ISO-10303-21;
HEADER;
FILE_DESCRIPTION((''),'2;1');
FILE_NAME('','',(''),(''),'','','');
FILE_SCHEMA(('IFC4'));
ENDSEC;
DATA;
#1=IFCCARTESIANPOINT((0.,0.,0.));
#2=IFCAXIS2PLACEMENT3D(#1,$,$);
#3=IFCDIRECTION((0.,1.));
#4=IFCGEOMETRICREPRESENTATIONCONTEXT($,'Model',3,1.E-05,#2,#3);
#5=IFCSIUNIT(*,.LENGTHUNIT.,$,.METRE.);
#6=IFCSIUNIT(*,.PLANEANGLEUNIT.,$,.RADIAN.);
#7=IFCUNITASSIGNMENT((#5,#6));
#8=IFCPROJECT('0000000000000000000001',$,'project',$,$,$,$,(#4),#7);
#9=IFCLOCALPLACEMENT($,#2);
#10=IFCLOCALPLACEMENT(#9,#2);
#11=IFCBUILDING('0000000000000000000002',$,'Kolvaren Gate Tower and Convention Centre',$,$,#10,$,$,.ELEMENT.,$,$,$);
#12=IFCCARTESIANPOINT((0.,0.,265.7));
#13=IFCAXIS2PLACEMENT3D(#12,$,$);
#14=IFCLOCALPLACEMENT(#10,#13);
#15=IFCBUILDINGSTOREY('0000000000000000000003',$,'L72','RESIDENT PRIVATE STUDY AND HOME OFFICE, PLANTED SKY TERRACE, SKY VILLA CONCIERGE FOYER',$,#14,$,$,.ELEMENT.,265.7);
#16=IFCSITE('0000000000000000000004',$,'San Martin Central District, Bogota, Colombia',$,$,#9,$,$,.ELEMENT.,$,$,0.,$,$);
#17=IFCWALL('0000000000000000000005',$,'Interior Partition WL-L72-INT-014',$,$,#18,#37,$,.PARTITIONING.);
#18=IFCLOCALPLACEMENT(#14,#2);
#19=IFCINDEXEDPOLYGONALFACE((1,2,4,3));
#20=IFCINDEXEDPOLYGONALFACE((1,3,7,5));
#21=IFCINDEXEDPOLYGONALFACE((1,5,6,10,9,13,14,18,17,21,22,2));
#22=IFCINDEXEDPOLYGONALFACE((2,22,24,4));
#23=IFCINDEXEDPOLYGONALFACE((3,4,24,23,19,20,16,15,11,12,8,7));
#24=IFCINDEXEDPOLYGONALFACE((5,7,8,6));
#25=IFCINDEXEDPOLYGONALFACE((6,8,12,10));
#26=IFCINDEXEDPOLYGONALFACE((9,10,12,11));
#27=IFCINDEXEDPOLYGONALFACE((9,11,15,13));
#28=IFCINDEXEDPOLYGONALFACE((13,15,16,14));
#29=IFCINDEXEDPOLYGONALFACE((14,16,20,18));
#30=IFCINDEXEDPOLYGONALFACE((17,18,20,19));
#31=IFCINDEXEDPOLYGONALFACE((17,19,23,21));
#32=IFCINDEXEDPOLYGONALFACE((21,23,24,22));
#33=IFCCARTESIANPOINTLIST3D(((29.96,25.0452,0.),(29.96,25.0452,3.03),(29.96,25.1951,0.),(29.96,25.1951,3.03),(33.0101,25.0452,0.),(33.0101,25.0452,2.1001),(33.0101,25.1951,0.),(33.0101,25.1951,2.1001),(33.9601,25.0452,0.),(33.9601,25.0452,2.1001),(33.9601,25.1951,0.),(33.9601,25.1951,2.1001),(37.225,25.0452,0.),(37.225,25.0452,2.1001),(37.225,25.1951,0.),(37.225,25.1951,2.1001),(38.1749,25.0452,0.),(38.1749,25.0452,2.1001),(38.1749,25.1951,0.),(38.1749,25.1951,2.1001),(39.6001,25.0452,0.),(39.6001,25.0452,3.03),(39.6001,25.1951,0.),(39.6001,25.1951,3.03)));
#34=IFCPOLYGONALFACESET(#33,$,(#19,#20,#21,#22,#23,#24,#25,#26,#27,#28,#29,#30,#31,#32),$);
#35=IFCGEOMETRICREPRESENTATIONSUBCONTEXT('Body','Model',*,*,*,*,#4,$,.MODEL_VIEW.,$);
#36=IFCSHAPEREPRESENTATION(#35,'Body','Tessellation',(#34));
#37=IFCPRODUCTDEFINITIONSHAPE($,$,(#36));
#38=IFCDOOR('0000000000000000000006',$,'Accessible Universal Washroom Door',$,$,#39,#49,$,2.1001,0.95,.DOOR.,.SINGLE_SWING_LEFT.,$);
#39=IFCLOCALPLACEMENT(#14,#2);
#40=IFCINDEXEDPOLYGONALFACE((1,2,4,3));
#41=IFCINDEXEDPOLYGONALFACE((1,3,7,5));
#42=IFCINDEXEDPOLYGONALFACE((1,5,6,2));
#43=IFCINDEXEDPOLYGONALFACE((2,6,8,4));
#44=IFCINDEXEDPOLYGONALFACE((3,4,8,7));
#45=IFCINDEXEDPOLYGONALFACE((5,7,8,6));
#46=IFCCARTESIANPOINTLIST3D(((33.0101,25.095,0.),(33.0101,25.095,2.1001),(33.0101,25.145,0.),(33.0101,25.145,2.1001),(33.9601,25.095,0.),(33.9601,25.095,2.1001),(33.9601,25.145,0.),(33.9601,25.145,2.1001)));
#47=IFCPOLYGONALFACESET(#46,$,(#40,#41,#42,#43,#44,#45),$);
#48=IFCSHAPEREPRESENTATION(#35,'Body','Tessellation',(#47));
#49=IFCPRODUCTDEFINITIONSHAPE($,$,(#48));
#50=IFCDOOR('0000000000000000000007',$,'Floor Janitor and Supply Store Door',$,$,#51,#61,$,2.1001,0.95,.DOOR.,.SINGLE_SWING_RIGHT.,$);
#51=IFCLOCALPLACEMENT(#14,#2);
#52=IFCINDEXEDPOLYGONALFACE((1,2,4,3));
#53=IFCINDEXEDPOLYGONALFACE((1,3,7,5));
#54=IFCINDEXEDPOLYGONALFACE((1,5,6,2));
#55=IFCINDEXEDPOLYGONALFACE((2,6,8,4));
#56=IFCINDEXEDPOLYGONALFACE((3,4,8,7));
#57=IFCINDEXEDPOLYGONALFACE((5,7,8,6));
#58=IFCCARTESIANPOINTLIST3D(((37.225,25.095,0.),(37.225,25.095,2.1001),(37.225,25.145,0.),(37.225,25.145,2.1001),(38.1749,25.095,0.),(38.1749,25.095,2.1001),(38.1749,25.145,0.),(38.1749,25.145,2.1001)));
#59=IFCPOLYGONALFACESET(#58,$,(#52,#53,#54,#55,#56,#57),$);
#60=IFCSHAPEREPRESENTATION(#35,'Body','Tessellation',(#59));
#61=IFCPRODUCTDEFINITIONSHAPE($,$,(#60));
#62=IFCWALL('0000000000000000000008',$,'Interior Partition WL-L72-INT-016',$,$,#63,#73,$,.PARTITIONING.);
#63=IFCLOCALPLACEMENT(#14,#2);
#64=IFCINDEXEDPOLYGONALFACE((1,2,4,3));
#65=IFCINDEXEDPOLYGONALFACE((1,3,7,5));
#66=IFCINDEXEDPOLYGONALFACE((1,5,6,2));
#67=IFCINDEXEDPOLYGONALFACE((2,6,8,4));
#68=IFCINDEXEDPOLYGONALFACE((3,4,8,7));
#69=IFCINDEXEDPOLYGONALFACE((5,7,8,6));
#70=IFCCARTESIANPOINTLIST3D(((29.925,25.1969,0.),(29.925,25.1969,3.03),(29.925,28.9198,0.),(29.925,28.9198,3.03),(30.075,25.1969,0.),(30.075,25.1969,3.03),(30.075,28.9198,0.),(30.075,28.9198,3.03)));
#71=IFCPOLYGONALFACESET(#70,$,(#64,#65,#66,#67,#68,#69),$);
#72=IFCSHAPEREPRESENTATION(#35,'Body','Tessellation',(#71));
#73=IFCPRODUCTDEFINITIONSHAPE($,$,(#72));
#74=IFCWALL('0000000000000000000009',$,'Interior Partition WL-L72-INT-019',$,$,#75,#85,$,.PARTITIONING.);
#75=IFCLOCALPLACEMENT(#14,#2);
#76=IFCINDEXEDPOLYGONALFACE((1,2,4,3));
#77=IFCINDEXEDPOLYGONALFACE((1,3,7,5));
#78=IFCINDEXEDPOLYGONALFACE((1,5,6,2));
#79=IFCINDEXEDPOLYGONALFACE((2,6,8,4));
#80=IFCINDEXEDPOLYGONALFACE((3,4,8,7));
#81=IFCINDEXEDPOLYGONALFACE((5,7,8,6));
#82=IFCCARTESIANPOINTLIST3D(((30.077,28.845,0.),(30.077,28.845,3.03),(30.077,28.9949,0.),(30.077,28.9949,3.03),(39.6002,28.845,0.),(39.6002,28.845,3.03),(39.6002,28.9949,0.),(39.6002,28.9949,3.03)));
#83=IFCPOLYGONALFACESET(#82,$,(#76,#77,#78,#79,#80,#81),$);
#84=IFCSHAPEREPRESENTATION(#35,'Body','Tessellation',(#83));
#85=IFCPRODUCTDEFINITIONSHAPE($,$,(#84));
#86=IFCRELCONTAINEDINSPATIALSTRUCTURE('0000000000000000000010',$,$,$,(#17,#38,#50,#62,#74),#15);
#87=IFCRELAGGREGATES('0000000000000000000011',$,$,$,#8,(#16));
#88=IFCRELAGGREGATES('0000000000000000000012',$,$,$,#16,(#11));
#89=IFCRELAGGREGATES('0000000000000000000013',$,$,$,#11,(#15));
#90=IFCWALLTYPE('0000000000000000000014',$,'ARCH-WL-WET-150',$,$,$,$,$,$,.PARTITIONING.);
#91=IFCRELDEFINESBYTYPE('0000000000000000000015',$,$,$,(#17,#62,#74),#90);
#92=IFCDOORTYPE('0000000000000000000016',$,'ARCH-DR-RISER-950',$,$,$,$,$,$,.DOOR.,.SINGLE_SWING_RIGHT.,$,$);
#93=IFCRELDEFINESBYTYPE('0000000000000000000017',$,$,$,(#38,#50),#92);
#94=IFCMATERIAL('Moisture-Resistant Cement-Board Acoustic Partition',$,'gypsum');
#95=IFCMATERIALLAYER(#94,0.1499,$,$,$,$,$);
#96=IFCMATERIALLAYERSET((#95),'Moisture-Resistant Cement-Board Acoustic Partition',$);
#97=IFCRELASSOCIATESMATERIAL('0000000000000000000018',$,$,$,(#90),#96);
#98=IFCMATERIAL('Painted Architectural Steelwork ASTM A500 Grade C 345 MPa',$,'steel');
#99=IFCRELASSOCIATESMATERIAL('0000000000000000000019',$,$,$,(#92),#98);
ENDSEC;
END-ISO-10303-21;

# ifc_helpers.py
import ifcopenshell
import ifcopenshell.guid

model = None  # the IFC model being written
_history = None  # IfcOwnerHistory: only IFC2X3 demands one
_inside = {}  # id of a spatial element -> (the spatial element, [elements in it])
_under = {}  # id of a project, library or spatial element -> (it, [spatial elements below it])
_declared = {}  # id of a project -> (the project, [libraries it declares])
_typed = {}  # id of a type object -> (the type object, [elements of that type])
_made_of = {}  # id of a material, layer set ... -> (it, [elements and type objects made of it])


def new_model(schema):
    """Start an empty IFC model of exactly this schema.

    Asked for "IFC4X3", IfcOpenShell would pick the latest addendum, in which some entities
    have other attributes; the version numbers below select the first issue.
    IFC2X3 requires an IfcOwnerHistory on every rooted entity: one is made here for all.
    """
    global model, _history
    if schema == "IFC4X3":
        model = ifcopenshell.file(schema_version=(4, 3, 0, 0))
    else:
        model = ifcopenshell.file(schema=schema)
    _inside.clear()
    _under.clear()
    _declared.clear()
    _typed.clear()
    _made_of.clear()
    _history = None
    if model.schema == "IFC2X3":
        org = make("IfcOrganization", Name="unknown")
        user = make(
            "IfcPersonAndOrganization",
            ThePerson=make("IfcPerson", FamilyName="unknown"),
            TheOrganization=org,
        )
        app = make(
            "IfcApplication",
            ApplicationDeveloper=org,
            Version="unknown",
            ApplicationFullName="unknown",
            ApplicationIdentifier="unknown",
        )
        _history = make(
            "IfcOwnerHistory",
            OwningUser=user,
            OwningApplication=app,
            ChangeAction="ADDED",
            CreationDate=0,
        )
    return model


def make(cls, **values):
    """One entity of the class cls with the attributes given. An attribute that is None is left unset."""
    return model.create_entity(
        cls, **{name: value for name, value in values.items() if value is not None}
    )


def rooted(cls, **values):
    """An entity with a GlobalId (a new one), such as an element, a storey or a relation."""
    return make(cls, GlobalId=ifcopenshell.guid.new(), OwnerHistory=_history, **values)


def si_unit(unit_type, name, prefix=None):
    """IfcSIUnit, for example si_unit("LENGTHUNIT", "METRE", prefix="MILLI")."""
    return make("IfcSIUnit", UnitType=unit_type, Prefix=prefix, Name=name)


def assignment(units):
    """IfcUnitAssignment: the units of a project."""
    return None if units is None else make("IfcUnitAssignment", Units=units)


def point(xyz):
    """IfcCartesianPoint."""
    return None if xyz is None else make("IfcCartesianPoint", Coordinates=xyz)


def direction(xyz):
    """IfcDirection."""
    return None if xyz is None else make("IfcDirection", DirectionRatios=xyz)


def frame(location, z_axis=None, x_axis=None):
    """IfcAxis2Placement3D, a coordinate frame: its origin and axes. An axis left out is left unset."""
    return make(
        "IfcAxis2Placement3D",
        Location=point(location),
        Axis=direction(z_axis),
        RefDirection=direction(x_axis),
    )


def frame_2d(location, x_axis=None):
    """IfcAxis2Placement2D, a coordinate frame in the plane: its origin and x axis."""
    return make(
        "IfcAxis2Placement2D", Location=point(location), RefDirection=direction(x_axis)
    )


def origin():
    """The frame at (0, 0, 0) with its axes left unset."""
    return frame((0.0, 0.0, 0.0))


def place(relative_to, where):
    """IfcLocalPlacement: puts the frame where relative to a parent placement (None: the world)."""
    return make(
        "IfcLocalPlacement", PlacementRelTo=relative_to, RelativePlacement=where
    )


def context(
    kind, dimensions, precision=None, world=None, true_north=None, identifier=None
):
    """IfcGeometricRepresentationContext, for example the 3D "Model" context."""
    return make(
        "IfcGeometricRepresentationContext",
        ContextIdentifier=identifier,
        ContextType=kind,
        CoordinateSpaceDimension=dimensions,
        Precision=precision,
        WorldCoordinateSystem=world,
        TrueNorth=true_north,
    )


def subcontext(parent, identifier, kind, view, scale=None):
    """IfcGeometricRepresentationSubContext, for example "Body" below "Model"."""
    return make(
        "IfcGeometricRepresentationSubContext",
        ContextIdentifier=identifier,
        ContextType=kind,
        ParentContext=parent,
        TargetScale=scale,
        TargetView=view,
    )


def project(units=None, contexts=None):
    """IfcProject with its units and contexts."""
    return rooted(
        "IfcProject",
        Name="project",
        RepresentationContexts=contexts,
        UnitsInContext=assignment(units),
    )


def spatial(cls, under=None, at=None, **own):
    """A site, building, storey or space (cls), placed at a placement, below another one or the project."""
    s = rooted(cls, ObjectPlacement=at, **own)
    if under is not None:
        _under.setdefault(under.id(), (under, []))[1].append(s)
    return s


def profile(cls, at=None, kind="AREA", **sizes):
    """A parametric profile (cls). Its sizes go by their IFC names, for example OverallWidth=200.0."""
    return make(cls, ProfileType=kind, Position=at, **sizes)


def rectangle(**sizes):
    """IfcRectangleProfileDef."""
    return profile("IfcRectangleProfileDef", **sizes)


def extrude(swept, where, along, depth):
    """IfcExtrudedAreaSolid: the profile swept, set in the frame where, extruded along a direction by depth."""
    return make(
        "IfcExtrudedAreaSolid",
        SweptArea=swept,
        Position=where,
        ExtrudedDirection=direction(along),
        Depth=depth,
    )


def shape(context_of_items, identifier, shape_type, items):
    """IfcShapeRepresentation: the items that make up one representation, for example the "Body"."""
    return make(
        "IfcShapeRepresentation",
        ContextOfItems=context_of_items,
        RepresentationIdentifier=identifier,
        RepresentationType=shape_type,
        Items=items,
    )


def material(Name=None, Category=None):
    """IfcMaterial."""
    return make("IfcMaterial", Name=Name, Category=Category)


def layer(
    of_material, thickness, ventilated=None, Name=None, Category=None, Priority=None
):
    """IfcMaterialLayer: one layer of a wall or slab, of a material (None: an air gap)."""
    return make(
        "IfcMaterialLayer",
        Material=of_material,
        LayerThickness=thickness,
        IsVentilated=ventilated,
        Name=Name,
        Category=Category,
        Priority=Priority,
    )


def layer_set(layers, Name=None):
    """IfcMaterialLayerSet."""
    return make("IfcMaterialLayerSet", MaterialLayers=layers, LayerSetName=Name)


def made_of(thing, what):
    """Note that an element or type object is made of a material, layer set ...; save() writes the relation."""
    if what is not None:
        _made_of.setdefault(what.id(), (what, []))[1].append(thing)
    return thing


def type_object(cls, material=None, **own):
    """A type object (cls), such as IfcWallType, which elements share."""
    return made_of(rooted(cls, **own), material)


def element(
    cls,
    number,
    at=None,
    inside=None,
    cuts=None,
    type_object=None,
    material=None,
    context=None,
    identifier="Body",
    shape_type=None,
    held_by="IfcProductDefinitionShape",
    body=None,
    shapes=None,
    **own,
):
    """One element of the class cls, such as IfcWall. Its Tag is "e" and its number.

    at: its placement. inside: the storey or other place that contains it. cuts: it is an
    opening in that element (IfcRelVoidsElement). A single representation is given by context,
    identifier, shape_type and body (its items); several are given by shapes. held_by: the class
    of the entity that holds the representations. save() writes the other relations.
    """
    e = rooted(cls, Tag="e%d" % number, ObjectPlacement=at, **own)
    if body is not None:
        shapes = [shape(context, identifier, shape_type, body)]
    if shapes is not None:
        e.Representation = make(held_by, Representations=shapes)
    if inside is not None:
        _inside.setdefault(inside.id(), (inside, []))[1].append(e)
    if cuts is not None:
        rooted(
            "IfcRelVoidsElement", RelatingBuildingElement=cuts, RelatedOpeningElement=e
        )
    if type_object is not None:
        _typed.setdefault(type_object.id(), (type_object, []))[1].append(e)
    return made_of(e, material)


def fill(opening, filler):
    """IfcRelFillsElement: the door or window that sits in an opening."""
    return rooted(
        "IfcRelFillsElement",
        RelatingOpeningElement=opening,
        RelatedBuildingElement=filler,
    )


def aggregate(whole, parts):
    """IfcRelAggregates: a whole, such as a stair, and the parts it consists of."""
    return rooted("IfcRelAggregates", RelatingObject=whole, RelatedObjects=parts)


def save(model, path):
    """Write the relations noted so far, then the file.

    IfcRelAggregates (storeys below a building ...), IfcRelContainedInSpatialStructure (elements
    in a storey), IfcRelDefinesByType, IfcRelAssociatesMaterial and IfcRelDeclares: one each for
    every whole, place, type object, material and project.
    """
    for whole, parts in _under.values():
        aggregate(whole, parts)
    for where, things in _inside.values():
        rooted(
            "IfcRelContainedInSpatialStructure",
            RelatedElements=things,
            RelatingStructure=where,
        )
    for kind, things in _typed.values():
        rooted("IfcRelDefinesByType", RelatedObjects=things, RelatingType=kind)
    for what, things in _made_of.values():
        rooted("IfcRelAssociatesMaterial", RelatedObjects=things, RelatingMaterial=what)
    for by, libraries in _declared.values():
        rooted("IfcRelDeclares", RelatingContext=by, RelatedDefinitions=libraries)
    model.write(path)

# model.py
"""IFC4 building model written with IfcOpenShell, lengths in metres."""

from ifc_helpers import new_model, si_unit, direction, frame, frame_2d, origin, place, context, subcontext, project, spatial, rectangle, extrude, material, layer, layer_set, type_object, element, fill, save


model = new_model("IFC4")

# Units and contexts
model_context = context("Model", 3, precision=1e-05, world=origin(), true_north=direction((0.0, 1.0)))
body_context = subcontext(model_context, "Body", "Model", "MODEL_VIEW")
ifc_project = project(units=[si_unit("LENGTHUNIT", "METRE"), si_unit("PLANEANGLEUNIT", "RADIAN")], contexts=[model_context])

# Site, building, storey
site_placement = place(None, origin())
site = spatial("IfcSite", under=ifc_project, at=site_placement, Name="San Martin Central District, Bogota, Colombia", CompositionType="ELEMENT", RefElevation=0.0)
building_placement = place(site_placement, origin())
building = spatial("IfcBuilding", under=site, at=building_placement, Name="Kolvaren Gate Tower and Convention Centre", CompositionType="ELEMENT")
storey_placement = place(building_placement, frame((0.0, 0.0, 265.7)))
storey = spatial("IfcBuildingStorey", under=building, at=storey_placement, Name="L72", Description="RESIDENT PRIVATE STUDY AND HOME OFFICE, PLANTED SKY TERRACE, SKY VILLA CONCIERGE FOYER", CompositionType="ELEMENT", Elevation=265.7)

# Wall, openings, doors
ifc_material_1 = material(Name="Moisture-Resistant Cement-Board Acoustic Partition", Category="gypsum")
ifc_layer_1 = layer(ifc_material_1, 0.1499)
ifc_layer_set_1 = layer_set([ifc_layer_1], Name="Moisture-Resistant Cement-Board Acoustic Partition")
wall_type_1 = type_object("IfcWallType", Name="ARCH-WL-WET-150", PredefinedType="PARTITIONING", material=ifc_layer_set_1)
wall_1_placement = place(storey_placement, frame((29.96, 25.1201, 0.0), z_axis=(0.0, 0.0, 1.0), x_axis=(1.0, 0.0, 0.0)))
wall_1 = element("IfcWall", 1, at=wall_1_placement, inside=storey, type_object=wall_type_1, Name="Interior Partition WL-L72-INT-014", PredefinedType="PARTITIONING", context=body_context, shape_type="SweptSolid", body=[
    extrude(rectangle(XDim=9.6401, YDim=0.1499, at=frame_2d((4.8201, 0.0))), origin(), (0.0, 0.0, 1.0), 3.03),
])
opening_1_placement = place(wall_1_placement, frame((3.05, 0.0, 0.0)))
opening_1 = element("IfcOpeningElement", 2, at=opening_1_placement, cuts=wall_1, PredefinedType="OPENING", context=body_context, shape_type="SweptSolid", body=[
    extrude(rectangle(XDim=0.95, YDim=2.1001, at=frame_2d((0.4751, 1.05))), frame((0.0, 0.085, 0.0), z_axis=(0.0, -1.0, 0.0), x_axis=(1.0, 0.0, 0.0)), (0.0, 0.0, 1.0), 0.1699),
])
opening_2_placement = place(wall_1_placement, frame((7.2649, 0.0, 0.0)))
opening_2 = element("IfcOpeningElement", 3, at=opening_2_placement, cuts=wall_1, PredefinedType="OPENING", context=body_context, shape_type="SweptSolid", body=[
    extrude(rectangle(XDim=0.95, YDim=2.1001, at=frame_2d((0.4751, 1.05))), frame((0.0, 0.085, 0.0), z_axis=(0.0, -1.0, 0.0), x_axis=(1.0, 0.0, 0.0)), (0.0, 0.0, 1.0), 0.1699),
])
ifc_material_2 = material(Name="Painted Architectural Steelwork ASTM A500 Grade C 345 MPa", Category="steel")
door_type_1 = type_object("IfcDoorType", Name="ARCH-DR-RISER-950", OperationType="SINGLE_SWING_RIGHT", PredefinedType="DOOR", material=ifc_material_2)
door_1_placement = place(opening_1_placement, origin())
door_1 = element("IfcDoor", 4, at=door_1_placement, inside=storey, type_object=door_type_1, Name="Accessible Universal Washroom Door", OperationType="SINGLE_SWING_LEFT", OverallHeight=2.1001, OverallWidth=0.95, PredefinedType="DOOR", context=body_context, shape_type="SweptSolid", body=[
    extrude(rectangle(XDim=0.95, YDim=2.1001, at=frame_2d((0.4751, 1.05))), frame((0.0, 0.0249, 0.0), z_axis=(0.0, -1.0, 0.0), x_axis=(1.0, 0.0, 0.0)), (0.0, 0.0, 1.0), 0.05),
])
fill(opening_1, door_1)
door_2_placement = place(opening_2_placement, origin())
door_2 = element("IfcDoor", 5, at=door_2_placement, inside=storey, type_object=door_type_1, Name="Floor Janitor and Supply Store Door", OperationType="SINGLE_SWING_RIGHT", OverallHeight=2.1001, OverallWidth=0.95, PredefinedType="DOOR", context=body_context, shape_type="SweptSolid", body=[
    extrude(rectangle(XDim=0.95, YDim=2.1001, at=frame_2d((0.4751, 1.05))), frame((0.0, 0.0249, 0.0), z_axis=(0.0, -1.0, 0.0), x_axis=(1.0, 0.0, 0.0)), (0.0, 0.0, 1.0), 0.05),
])
fill(opening_2, door_2)

# Walls
wall_2_placement = place(storey_placement, frame((30.0, 25.197, 0.0), z_axis=(0.0, 0.0, 1.0), x_axis=(0.0, 1.0, 0.0)))
element("IfcWall", 6, at=wall_2_placement, inside=storey, type_object=wall_type_1, Name="Interior Partition WL-L72-INT-016", PredefinedType="PARTITIONING", context=body_context, shape_type="SweptSolid", body=[
    extrude(rectangle(XDim=3.7229, YDim=0.1499, at=frame_2d((1.8613, 0.0))), origin(), (0.0, 0.0, 1.0), 3.03),
])
wall_3_placement = place(storey_placement, frame((30.0769, 28.9199, 0.0), z_axis=(0.0, 0.0, 1.0), x_axis=(1.0, 0.0, 0.0)))
element("IfcWall", 7, at=wall_3_placement, inside=storey, type_object=wall_type_1, Name="Interior Partition WL-L72-INT-019", PredefinedType="PARTITIONING", context=body_context, shape_type="SweptSolid", body=[
    extrude(rectangle(XDim=9.5232, YDim=0.1499, at=frame_2d((4.7617, 0.0))), origin(), (0.0, 0.0, 1.0), 3.03),
])

save(model, "model.ifc")
